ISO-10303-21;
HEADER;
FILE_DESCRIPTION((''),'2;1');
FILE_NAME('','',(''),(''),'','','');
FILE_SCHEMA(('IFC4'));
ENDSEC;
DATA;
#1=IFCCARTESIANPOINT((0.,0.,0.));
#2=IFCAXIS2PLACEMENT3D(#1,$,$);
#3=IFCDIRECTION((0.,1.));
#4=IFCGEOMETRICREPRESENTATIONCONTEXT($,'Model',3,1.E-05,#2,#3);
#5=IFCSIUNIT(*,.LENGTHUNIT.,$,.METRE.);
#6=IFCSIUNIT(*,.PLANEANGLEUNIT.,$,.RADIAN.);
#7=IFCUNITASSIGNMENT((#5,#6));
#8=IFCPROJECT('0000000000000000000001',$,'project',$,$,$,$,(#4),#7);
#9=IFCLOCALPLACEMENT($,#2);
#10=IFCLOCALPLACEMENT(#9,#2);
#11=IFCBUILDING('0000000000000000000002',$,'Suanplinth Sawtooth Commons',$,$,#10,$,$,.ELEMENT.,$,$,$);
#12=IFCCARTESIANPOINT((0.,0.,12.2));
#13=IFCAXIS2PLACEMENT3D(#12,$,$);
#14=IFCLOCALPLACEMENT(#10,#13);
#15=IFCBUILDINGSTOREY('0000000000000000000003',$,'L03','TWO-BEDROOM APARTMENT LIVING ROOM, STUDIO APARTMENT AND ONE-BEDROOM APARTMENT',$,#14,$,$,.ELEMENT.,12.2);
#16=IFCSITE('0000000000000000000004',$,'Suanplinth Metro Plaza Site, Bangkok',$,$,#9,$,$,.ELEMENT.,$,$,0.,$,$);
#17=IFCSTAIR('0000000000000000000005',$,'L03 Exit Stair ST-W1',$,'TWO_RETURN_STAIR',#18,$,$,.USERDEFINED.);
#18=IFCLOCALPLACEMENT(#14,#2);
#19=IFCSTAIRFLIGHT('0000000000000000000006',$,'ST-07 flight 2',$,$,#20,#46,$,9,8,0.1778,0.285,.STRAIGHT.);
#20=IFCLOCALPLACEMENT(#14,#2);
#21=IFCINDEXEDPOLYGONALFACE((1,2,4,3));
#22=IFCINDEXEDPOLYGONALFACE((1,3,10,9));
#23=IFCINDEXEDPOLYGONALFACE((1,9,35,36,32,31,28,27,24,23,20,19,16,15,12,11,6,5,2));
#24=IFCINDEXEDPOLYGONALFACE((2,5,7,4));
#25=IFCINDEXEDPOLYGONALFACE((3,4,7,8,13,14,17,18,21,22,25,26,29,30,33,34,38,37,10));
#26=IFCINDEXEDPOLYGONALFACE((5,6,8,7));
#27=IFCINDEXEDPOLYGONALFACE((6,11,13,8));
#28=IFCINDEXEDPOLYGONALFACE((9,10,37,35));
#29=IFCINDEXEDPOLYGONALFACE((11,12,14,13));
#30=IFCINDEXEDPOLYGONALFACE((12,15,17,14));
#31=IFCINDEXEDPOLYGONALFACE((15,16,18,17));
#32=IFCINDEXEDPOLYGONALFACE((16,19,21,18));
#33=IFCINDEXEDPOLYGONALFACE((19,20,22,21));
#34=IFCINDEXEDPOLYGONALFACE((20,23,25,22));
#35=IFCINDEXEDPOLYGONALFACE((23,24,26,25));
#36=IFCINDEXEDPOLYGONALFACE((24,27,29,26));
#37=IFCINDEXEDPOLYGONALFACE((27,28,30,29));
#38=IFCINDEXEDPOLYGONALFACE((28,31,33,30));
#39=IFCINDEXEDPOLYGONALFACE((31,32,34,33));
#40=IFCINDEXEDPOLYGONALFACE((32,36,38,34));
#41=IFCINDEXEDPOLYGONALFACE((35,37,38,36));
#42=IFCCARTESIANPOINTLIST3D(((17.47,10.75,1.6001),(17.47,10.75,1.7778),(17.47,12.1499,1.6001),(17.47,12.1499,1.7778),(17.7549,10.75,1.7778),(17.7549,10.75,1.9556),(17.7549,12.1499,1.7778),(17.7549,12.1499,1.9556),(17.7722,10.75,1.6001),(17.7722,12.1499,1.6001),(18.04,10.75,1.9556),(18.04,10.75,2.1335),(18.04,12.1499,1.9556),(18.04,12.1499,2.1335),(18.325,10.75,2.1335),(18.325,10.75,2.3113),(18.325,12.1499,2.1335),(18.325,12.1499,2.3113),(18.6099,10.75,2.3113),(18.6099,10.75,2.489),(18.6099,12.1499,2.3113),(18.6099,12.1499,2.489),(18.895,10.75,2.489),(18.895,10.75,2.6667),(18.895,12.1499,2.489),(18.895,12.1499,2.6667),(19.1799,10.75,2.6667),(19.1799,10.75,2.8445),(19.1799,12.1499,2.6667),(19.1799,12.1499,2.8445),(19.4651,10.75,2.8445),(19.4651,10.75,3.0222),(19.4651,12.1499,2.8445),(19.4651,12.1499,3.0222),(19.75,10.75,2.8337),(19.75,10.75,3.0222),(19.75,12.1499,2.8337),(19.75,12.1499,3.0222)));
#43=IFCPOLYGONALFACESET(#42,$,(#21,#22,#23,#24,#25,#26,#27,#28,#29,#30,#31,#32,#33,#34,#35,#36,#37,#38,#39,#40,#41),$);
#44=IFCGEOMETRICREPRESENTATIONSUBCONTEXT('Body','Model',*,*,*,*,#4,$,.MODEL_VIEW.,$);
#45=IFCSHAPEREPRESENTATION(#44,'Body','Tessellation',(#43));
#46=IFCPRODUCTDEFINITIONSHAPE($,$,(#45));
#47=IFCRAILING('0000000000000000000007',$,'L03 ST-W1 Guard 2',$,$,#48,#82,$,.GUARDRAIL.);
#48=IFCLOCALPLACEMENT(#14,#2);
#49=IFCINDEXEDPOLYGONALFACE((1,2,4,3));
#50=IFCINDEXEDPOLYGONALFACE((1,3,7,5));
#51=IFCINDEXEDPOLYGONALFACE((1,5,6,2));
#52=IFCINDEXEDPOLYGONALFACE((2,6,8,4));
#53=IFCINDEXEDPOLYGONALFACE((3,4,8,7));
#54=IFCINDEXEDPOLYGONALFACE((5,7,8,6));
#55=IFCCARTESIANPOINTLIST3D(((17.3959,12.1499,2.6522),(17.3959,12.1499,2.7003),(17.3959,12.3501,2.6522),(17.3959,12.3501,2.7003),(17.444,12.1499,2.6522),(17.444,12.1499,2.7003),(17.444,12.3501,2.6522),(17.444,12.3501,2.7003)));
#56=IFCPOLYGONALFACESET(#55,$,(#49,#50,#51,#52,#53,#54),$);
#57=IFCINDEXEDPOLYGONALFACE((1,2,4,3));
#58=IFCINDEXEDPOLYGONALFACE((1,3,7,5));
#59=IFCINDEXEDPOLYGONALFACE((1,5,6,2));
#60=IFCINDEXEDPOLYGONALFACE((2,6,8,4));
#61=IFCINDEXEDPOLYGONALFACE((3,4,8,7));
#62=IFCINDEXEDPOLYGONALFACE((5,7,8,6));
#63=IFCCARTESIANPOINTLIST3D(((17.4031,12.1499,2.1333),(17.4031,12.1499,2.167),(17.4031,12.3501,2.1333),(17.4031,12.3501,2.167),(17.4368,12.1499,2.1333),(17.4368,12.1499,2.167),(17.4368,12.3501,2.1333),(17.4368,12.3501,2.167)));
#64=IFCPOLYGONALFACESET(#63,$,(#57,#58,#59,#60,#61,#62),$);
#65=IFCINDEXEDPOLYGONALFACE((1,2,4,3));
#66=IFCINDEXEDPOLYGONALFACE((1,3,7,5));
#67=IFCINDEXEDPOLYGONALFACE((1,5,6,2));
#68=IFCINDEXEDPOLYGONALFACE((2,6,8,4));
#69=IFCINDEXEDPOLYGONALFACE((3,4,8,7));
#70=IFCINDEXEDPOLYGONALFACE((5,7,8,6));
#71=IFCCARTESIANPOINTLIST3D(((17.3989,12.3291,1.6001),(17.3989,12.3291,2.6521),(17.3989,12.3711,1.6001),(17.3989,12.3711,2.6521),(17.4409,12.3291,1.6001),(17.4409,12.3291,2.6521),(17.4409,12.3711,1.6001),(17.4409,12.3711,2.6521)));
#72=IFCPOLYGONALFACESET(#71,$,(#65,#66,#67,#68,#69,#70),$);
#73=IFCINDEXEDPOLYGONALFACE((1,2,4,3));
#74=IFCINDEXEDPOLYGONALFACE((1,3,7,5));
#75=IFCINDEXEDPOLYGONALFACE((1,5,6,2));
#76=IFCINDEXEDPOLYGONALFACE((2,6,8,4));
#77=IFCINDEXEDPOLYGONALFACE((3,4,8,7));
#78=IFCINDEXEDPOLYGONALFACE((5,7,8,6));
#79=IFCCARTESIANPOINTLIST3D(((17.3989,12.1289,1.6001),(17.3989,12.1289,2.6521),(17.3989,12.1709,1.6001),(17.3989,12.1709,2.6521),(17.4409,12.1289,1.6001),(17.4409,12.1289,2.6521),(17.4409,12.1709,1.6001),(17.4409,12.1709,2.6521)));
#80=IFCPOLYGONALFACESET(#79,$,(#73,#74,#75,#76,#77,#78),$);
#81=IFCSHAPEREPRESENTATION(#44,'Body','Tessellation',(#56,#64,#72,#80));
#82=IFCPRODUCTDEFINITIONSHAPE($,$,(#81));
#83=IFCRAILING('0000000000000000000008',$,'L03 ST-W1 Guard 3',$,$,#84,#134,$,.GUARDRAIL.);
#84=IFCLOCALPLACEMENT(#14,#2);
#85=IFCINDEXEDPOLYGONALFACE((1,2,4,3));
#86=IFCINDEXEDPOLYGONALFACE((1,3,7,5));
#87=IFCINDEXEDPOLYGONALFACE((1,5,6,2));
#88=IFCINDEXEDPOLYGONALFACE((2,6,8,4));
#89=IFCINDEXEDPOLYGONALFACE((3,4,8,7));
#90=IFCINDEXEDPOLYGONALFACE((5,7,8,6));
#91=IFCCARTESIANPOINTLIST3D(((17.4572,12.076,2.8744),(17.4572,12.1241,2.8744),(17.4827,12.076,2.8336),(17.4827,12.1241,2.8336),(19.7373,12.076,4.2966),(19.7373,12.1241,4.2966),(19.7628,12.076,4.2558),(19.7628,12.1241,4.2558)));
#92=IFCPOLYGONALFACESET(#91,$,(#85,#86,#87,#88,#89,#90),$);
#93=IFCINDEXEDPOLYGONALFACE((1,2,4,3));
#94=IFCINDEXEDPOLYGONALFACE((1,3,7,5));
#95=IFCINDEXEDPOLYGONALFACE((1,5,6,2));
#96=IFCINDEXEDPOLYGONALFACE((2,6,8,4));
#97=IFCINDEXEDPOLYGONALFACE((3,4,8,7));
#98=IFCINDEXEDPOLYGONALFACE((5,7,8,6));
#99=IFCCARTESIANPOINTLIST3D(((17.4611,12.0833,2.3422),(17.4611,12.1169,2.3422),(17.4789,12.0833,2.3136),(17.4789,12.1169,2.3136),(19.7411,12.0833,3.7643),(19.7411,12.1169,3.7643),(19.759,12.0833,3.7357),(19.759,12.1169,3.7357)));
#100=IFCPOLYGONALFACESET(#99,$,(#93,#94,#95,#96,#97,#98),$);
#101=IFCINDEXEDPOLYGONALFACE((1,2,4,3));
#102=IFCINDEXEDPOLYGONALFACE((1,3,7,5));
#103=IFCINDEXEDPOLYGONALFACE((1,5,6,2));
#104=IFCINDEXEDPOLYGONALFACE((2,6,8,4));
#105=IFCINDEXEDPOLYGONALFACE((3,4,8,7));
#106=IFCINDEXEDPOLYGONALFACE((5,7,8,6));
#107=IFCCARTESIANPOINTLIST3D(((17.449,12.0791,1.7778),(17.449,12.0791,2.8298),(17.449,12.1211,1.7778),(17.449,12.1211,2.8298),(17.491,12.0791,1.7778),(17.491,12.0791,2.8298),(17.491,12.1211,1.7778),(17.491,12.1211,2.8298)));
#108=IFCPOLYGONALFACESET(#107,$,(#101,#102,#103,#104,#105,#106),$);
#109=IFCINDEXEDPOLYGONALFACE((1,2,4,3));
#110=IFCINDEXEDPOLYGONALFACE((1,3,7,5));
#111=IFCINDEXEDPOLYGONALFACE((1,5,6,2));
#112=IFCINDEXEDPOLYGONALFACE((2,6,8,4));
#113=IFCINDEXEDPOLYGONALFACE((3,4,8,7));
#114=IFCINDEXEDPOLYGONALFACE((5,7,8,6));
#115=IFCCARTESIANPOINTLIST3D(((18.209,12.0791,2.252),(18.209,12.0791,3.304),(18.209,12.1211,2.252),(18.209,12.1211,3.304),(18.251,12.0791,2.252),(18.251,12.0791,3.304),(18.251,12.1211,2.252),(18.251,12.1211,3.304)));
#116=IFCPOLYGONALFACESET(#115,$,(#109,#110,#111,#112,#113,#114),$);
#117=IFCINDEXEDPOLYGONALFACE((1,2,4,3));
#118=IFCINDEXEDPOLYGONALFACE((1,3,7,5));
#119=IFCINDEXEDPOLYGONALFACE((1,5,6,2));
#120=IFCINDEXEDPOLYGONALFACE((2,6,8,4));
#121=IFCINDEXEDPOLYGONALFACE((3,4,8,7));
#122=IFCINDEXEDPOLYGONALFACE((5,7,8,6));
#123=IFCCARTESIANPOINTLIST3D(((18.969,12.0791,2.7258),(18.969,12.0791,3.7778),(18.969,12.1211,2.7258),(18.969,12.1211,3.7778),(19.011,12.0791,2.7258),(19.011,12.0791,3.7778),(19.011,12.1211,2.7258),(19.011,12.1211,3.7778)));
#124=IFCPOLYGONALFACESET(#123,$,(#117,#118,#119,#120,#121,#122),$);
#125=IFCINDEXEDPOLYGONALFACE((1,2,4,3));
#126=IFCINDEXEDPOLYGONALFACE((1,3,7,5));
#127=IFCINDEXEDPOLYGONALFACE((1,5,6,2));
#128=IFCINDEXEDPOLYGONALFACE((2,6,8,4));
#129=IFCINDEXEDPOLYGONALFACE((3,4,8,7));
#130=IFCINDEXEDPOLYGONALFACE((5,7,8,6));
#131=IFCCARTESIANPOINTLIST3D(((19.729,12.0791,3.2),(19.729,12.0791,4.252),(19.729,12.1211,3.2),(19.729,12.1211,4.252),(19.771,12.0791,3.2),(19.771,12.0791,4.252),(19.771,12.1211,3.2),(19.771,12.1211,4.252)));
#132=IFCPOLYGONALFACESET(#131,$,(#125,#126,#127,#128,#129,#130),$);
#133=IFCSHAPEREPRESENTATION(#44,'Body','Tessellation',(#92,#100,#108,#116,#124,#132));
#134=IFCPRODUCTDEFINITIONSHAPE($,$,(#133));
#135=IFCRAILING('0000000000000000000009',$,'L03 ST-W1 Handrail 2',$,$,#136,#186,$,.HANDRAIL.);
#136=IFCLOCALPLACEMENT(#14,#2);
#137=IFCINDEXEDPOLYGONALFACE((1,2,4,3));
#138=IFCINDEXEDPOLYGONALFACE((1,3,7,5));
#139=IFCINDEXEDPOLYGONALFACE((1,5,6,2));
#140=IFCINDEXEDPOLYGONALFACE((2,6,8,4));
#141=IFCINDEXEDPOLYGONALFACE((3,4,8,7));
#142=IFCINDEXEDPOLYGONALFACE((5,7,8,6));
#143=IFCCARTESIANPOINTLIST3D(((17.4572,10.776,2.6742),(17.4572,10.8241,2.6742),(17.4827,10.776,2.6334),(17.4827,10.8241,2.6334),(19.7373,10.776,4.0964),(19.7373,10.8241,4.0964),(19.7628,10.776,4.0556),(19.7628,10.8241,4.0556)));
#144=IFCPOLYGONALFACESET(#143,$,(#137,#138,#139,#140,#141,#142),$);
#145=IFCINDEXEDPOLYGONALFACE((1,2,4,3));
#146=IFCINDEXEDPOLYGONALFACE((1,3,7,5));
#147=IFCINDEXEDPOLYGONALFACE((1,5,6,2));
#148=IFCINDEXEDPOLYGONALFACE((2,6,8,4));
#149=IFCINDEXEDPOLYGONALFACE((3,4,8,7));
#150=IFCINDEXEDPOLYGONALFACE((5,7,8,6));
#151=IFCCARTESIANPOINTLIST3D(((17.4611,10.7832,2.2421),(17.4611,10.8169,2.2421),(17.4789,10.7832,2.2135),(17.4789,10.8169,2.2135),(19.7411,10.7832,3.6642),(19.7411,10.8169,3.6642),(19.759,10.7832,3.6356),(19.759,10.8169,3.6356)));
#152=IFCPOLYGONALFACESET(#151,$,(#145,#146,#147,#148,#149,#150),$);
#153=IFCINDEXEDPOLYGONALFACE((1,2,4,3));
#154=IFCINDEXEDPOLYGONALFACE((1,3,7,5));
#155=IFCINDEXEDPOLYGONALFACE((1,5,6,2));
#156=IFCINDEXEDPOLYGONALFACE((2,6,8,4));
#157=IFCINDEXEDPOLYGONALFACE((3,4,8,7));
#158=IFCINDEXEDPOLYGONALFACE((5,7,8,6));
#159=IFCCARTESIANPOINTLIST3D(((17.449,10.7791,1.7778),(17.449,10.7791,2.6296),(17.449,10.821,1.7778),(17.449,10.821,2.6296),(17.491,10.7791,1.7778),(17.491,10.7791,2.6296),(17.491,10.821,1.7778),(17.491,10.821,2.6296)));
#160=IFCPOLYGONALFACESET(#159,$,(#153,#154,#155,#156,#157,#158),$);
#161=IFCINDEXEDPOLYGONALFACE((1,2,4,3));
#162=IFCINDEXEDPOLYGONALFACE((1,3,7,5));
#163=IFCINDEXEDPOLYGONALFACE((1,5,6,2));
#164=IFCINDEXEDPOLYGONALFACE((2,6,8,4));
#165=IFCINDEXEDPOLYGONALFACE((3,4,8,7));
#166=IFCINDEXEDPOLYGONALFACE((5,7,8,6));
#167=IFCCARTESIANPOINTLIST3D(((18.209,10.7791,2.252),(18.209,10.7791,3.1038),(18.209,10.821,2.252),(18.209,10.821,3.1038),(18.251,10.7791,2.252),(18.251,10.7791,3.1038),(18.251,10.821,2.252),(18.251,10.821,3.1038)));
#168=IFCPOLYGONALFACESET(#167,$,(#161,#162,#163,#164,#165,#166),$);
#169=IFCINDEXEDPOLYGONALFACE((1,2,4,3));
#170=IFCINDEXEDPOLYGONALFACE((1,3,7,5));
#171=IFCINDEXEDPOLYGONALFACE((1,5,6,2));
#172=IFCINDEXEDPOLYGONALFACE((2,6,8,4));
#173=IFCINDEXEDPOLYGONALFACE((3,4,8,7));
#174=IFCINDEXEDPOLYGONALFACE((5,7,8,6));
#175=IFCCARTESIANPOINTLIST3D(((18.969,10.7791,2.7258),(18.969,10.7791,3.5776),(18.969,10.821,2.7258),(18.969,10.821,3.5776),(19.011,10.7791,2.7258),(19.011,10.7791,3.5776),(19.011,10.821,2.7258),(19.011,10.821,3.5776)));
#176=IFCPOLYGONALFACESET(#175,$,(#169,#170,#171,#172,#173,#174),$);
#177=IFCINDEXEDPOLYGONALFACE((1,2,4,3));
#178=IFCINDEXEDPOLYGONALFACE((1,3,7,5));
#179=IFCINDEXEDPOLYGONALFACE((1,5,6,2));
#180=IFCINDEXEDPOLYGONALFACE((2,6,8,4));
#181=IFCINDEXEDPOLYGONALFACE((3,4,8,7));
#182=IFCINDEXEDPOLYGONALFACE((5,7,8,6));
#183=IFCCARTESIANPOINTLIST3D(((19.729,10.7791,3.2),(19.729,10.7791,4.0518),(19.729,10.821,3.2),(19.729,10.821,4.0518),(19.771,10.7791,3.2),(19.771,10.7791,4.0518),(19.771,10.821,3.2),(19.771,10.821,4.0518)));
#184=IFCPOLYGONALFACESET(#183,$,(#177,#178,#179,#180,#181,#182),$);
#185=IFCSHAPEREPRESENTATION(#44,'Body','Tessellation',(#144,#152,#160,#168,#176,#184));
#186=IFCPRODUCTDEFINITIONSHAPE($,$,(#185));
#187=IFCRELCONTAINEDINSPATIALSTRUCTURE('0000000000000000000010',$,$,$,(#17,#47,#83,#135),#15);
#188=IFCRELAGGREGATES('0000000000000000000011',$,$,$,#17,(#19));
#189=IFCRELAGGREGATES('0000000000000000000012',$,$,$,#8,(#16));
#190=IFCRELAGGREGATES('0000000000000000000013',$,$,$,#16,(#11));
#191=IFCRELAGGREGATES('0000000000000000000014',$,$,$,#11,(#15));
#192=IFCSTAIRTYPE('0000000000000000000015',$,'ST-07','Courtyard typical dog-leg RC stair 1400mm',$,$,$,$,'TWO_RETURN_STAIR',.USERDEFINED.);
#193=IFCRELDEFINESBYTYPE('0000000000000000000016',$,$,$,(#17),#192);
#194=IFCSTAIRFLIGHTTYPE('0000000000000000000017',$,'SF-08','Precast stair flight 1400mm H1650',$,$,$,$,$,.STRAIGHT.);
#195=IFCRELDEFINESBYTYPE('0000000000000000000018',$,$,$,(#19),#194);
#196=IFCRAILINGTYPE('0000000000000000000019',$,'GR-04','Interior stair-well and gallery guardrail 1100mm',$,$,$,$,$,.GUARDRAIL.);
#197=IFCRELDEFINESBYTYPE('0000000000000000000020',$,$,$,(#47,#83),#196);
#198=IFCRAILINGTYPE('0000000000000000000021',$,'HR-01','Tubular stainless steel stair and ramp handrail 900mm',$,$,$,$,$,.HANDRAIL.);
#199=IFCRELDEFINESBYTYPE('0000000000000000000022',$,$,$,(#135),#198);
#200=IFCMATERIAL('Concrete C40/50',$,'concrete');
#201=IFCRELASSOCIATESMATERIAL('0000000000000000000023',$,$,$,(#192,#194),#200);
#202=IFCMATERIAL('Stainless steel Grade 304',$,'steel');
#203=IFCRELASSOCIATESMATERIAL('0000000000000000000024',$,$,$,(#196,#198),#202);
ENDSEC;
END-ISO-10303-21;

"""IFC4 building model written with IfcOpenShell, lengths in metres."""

from ifc_helpers import new_model, si_unit, direction, frame, origin, origin_2d, place, context, subcontext, project, spatial, polyline, rectangle, outline, extrude, material, type_object, element, aggregate, save


model = new_model("IFC4")

# Units and contexts
model_context = context("Model", 3, precision=1e-05, world=origin(), true_north=direction((0.0, 1.0)))
body_context = subcontext(model_context, "Body", "Model", "MODEL_VIEW")
ifc_project = project(units=[si_unit("LENGTHUNIT", "METRE"), si_unit("PLANEANGLEUNIT", "RADIAN")], contexts=[model_context])

# Site, building, storey
site_placement = place(None, origin())
site = spatial("IfcSite", under=ifc_project, at=site_placement, Name="Suanplinth Metro Plaza Site, Bangkok", CompositionType="ELEMENT", RefElevation=0.0)
building_placement = place(site_placement, origin())
building = spatial("IfcBuilding", under=site, at=building_placement, Name="Suanplinth Sawtooth Commons", CompositionType="ELEMENT")
storey_placement = place(building_placement, frame((0.0, 0.0, 12.2)))
storey = spatial("IfcBuildingStorey", under=building, at=storey_placement, Name="L03", Description="TWO-BEDROOM APARTMENT LIVING ROOM, STUDIO APARTMENT AND ONE-BEDROOM APARTMENT", CompositionType="ELEMENT", Elevation=12.2)

# Shared definitions
ifc_material_1 = material(Name="Concrete C40/50", Category="concrete")

# Stair, stair flight
stair_type = type_object("IfcStairType", Name="ST-07", Description="Courtyard typical dog-leg RC stair 1400mm", ElementType="TWO_RETURN_STAIR", PredefinedType="USERDEFINED", material=ifc_material_1)
stair_placement = place(storey_placement, origin())
stair = element("IfcStair", 1, at=stair_placement, inside=storey, type_object=stair_type, Name="L03 Exit Stair ST-W1", ObjectType="TWO_RETURN_STAIR", PredefinedType="USERDEFINED")
stair_flight_type = type_object("IfcStairFlightType", Name="SF-08", Description="Precast stair flight 1400mm H1650", PredefinedType="STRAIGHT", material=ifc_material_1)
stair_flight_placement = place(storey_placement, frame((17.47, 11.45, 1.6001), z_axis=(0.0, 0.0, 1.0), x_axis=(1.0, 0.0, 0.0)))
stair_flight = element("IfcStairFlight", 2, at=stair_flight_placement, type_object=stair_flight_type, Name="ST-07 flight 2", NumberOfRisers=9, NumberOfTreads=8, PredefinedType="STRAIGHT", RiserHeight=0.1778, TreadLength=0.285, context=body_context, shape_type="SweptSolid", body=[
    extrude(outline(polyline([(0.0, 0.0), (0.0, 0.1777), (0.2849, 0.1777), (0.2849, 0.3555), (0.5701, 0.3555), (0.5701, 0.5334), (0.855, 0.5334), (0.855, 0.7112), (1.1399, 0.7112), (1.1399, 0.8889), (1.425, 0.8889), (1.425, 1.0667), (1.71, 1.0667), (1.71, 1.2444), (1.9951, 1.2444), (1.9951, 1.4221), (2.28, 1.4221), (2.28, 1.6001), (2.28, 1.2336), (0.3022, 0.0), (0.0, 0.0)])), frame((0.0, 0.7, 0.0), z_axis=(0.0, -1.0, 0.0), x_axis=(1.0, 0.0, 0.0)), (0.0, 0.0, 1.0), 1.3999),
])
aggregate(stair, [stair_flight])

# Railings
ifc_material_2 = material(Name="Stainless steel Grade 304", Category="steel")
railing_type_1 = type_object("IfcRailingType", Name="GR-04", Description="Interior stair-well and gallery guardrail 1100mm", PredefinedType="GUARDRAIL", material=ifc_material_2)
railing_1_placement = place(storey_placement, frame((17.4199, 12.3501, 1.6001)))
element("IfcRailing", 3, at=railing_1_placement, inside=storey, type_object=railing_type_1, Name="L03 ST-W1 Guard 2", PredefinedType="GUARDRAIL", context=body_context, shape_type="SweptSolid", body=[
    extrude(rectangle(XDim=0.0481, YDim=0.0481, at=origin_2d()), frame((0.0, 0.0, 1.0762), z_axis=(0.0, -1.0, 0.0), x_axis=(1.0, 0.0, 0.0)), (0.0, 0.0, 1.0), 0.2002),
    extrude(rectangle(XDim=0.0337, YDim=0.0337, at=origin_2d()), frame((0.0, 0.0, 0.55), z_axis=(0.0, -1.0, 0.0), x_axis=(1.0, 0.0, 0.0)), (0.0, 0.0, 1.0), 0.2002),
    extrude(rectangle(XDim=0.042, YDim=0.042, at=origin_2d()), origin(), (0.0, 0.0, 1.0), 1.052),
    extrude(rectangle(XDim=0.042, YDim=0.042, at=origin_2d()), frame((0.0, -0.2002, 0.0)), (0.0, 0.0, 1.0), 1.052),
])
railing_2_placement = place(storey_placement, frame((17.47, 12.1001, 1.7778)))
element("IfcRailing", 4, at=railing_2_placement, inside=storey, type_object=railing_type_1, Name="L03 ST-W1 Guard 3", PredefinedType="GUARDRAIL", context=body_context, shape_type="SweptSolid", body=[
    extrude(rectangle(XDim=0.0481, YDim=0.0481, at=origin_2d()), frame((0.0, 0.0, 1.0762), z_axis=(0.848483, 0.0, 0.529223), x_axis=(0.0, 1.0, 0.0)), (0.0, 0.0, 1.0), 2.6873),
    extrude(rectangle(XDim=0.0337, YDim=0.0337, at=origin_2d()), frame((0.0, 0.0, 0.55), z_axis=(0.848483, 0.0, 0.529223), x_axis=(0.0, 1.0, 0.0)), (0.0, 0.0, 1.0), 2.6873),
    extrude(rectangle(XDim=0.042, YDim=0.042, at=origin_2d()), origin(), (0.0, 0.0, 1.0), 1.052),
    extrude(rectangle(XDim=0.042, YDim=0.042, at=origin_2d()), frame((0.76, 0.0, 0.4741)), (0.0, 0.0, 1.0), 1.052),
    extrude(rectangle(XDim=0.042, YDim=0.042, at=origin_2d()), frame((1.52, 0.0, 0.948)), (0.0, 0.0, 1.0), 1.052),
    extrude(rectangle(XDim=0.042, YDim=0.042, at=origin_2d()), frame((2.28, 0.0, 1.4221)), (0.0, 0.0, 1.0), 1.052),
])
railing_type_2 = type_object("IfcRailingType", Name="HR-01", Description="Tubular stainless steel stair and ramp handrail 900mm", PredefinedType="HANDRAIL", material=ifc_material_2)
railing_3_placement = place(storey_placement, frame((17.47, 10.8, 1.7778)))
element("IfcRailing", 5, at=railing_3_placement, inside=storey, type_object=railing_type_2, Name="L03 ST-W1 Handrail 2", PredefinedType="HANDRAIL", context=body_context, shape_type="SweptSolid", body=[
    extrude(rectangle(XDim=0.0481, YDim=0.0481, at=origin_2d()), frame((0.0, 0.0, 0.876), z_axis=(0.848483, 0.0, 0.529223), x_axis=(0.0, 1.0, 0.0)), (0.0, 0.0, 1.0), 2.6873),
    extrude(rectangle(XDim=0.0337, YDim=0.0337, at=origin_2d()), frame((0.0, 0.0, 0.45), z_axis=(0.848483, 0.0, 0.529223), x_axis=(0.0, 1.0, 0.0)), (0.0, 0.0, 1.0), 2.6873),
    extrude(rectangle(XDim=0.042, YDim=0.042, at=origin_2d()), origin(), (0.0, 0.0, 1.0), 0.8518),
    extrude(rectangle(XDim=0.042, YDim=0.042, at=origin_2d()), frame((0.76, 0.0, 0.4741)), (0.0, 0.0, 1.0), 0.8518),
    extrude(rectangle(XDim=0.042, YDim=0.042, at=origin_2d()), frame((1.52, 0.0, 0.948)), (0.0, 0.0, 1.0), 0.8518),
    extrude(rectangle(XDim=0.042, YDim=0.042, at=origin_2d()), frame((2.28, 0.0, 1.4221)), (0.0, 0.0, 1.0), 0.8518),
])

save(model, "model.ifc")
